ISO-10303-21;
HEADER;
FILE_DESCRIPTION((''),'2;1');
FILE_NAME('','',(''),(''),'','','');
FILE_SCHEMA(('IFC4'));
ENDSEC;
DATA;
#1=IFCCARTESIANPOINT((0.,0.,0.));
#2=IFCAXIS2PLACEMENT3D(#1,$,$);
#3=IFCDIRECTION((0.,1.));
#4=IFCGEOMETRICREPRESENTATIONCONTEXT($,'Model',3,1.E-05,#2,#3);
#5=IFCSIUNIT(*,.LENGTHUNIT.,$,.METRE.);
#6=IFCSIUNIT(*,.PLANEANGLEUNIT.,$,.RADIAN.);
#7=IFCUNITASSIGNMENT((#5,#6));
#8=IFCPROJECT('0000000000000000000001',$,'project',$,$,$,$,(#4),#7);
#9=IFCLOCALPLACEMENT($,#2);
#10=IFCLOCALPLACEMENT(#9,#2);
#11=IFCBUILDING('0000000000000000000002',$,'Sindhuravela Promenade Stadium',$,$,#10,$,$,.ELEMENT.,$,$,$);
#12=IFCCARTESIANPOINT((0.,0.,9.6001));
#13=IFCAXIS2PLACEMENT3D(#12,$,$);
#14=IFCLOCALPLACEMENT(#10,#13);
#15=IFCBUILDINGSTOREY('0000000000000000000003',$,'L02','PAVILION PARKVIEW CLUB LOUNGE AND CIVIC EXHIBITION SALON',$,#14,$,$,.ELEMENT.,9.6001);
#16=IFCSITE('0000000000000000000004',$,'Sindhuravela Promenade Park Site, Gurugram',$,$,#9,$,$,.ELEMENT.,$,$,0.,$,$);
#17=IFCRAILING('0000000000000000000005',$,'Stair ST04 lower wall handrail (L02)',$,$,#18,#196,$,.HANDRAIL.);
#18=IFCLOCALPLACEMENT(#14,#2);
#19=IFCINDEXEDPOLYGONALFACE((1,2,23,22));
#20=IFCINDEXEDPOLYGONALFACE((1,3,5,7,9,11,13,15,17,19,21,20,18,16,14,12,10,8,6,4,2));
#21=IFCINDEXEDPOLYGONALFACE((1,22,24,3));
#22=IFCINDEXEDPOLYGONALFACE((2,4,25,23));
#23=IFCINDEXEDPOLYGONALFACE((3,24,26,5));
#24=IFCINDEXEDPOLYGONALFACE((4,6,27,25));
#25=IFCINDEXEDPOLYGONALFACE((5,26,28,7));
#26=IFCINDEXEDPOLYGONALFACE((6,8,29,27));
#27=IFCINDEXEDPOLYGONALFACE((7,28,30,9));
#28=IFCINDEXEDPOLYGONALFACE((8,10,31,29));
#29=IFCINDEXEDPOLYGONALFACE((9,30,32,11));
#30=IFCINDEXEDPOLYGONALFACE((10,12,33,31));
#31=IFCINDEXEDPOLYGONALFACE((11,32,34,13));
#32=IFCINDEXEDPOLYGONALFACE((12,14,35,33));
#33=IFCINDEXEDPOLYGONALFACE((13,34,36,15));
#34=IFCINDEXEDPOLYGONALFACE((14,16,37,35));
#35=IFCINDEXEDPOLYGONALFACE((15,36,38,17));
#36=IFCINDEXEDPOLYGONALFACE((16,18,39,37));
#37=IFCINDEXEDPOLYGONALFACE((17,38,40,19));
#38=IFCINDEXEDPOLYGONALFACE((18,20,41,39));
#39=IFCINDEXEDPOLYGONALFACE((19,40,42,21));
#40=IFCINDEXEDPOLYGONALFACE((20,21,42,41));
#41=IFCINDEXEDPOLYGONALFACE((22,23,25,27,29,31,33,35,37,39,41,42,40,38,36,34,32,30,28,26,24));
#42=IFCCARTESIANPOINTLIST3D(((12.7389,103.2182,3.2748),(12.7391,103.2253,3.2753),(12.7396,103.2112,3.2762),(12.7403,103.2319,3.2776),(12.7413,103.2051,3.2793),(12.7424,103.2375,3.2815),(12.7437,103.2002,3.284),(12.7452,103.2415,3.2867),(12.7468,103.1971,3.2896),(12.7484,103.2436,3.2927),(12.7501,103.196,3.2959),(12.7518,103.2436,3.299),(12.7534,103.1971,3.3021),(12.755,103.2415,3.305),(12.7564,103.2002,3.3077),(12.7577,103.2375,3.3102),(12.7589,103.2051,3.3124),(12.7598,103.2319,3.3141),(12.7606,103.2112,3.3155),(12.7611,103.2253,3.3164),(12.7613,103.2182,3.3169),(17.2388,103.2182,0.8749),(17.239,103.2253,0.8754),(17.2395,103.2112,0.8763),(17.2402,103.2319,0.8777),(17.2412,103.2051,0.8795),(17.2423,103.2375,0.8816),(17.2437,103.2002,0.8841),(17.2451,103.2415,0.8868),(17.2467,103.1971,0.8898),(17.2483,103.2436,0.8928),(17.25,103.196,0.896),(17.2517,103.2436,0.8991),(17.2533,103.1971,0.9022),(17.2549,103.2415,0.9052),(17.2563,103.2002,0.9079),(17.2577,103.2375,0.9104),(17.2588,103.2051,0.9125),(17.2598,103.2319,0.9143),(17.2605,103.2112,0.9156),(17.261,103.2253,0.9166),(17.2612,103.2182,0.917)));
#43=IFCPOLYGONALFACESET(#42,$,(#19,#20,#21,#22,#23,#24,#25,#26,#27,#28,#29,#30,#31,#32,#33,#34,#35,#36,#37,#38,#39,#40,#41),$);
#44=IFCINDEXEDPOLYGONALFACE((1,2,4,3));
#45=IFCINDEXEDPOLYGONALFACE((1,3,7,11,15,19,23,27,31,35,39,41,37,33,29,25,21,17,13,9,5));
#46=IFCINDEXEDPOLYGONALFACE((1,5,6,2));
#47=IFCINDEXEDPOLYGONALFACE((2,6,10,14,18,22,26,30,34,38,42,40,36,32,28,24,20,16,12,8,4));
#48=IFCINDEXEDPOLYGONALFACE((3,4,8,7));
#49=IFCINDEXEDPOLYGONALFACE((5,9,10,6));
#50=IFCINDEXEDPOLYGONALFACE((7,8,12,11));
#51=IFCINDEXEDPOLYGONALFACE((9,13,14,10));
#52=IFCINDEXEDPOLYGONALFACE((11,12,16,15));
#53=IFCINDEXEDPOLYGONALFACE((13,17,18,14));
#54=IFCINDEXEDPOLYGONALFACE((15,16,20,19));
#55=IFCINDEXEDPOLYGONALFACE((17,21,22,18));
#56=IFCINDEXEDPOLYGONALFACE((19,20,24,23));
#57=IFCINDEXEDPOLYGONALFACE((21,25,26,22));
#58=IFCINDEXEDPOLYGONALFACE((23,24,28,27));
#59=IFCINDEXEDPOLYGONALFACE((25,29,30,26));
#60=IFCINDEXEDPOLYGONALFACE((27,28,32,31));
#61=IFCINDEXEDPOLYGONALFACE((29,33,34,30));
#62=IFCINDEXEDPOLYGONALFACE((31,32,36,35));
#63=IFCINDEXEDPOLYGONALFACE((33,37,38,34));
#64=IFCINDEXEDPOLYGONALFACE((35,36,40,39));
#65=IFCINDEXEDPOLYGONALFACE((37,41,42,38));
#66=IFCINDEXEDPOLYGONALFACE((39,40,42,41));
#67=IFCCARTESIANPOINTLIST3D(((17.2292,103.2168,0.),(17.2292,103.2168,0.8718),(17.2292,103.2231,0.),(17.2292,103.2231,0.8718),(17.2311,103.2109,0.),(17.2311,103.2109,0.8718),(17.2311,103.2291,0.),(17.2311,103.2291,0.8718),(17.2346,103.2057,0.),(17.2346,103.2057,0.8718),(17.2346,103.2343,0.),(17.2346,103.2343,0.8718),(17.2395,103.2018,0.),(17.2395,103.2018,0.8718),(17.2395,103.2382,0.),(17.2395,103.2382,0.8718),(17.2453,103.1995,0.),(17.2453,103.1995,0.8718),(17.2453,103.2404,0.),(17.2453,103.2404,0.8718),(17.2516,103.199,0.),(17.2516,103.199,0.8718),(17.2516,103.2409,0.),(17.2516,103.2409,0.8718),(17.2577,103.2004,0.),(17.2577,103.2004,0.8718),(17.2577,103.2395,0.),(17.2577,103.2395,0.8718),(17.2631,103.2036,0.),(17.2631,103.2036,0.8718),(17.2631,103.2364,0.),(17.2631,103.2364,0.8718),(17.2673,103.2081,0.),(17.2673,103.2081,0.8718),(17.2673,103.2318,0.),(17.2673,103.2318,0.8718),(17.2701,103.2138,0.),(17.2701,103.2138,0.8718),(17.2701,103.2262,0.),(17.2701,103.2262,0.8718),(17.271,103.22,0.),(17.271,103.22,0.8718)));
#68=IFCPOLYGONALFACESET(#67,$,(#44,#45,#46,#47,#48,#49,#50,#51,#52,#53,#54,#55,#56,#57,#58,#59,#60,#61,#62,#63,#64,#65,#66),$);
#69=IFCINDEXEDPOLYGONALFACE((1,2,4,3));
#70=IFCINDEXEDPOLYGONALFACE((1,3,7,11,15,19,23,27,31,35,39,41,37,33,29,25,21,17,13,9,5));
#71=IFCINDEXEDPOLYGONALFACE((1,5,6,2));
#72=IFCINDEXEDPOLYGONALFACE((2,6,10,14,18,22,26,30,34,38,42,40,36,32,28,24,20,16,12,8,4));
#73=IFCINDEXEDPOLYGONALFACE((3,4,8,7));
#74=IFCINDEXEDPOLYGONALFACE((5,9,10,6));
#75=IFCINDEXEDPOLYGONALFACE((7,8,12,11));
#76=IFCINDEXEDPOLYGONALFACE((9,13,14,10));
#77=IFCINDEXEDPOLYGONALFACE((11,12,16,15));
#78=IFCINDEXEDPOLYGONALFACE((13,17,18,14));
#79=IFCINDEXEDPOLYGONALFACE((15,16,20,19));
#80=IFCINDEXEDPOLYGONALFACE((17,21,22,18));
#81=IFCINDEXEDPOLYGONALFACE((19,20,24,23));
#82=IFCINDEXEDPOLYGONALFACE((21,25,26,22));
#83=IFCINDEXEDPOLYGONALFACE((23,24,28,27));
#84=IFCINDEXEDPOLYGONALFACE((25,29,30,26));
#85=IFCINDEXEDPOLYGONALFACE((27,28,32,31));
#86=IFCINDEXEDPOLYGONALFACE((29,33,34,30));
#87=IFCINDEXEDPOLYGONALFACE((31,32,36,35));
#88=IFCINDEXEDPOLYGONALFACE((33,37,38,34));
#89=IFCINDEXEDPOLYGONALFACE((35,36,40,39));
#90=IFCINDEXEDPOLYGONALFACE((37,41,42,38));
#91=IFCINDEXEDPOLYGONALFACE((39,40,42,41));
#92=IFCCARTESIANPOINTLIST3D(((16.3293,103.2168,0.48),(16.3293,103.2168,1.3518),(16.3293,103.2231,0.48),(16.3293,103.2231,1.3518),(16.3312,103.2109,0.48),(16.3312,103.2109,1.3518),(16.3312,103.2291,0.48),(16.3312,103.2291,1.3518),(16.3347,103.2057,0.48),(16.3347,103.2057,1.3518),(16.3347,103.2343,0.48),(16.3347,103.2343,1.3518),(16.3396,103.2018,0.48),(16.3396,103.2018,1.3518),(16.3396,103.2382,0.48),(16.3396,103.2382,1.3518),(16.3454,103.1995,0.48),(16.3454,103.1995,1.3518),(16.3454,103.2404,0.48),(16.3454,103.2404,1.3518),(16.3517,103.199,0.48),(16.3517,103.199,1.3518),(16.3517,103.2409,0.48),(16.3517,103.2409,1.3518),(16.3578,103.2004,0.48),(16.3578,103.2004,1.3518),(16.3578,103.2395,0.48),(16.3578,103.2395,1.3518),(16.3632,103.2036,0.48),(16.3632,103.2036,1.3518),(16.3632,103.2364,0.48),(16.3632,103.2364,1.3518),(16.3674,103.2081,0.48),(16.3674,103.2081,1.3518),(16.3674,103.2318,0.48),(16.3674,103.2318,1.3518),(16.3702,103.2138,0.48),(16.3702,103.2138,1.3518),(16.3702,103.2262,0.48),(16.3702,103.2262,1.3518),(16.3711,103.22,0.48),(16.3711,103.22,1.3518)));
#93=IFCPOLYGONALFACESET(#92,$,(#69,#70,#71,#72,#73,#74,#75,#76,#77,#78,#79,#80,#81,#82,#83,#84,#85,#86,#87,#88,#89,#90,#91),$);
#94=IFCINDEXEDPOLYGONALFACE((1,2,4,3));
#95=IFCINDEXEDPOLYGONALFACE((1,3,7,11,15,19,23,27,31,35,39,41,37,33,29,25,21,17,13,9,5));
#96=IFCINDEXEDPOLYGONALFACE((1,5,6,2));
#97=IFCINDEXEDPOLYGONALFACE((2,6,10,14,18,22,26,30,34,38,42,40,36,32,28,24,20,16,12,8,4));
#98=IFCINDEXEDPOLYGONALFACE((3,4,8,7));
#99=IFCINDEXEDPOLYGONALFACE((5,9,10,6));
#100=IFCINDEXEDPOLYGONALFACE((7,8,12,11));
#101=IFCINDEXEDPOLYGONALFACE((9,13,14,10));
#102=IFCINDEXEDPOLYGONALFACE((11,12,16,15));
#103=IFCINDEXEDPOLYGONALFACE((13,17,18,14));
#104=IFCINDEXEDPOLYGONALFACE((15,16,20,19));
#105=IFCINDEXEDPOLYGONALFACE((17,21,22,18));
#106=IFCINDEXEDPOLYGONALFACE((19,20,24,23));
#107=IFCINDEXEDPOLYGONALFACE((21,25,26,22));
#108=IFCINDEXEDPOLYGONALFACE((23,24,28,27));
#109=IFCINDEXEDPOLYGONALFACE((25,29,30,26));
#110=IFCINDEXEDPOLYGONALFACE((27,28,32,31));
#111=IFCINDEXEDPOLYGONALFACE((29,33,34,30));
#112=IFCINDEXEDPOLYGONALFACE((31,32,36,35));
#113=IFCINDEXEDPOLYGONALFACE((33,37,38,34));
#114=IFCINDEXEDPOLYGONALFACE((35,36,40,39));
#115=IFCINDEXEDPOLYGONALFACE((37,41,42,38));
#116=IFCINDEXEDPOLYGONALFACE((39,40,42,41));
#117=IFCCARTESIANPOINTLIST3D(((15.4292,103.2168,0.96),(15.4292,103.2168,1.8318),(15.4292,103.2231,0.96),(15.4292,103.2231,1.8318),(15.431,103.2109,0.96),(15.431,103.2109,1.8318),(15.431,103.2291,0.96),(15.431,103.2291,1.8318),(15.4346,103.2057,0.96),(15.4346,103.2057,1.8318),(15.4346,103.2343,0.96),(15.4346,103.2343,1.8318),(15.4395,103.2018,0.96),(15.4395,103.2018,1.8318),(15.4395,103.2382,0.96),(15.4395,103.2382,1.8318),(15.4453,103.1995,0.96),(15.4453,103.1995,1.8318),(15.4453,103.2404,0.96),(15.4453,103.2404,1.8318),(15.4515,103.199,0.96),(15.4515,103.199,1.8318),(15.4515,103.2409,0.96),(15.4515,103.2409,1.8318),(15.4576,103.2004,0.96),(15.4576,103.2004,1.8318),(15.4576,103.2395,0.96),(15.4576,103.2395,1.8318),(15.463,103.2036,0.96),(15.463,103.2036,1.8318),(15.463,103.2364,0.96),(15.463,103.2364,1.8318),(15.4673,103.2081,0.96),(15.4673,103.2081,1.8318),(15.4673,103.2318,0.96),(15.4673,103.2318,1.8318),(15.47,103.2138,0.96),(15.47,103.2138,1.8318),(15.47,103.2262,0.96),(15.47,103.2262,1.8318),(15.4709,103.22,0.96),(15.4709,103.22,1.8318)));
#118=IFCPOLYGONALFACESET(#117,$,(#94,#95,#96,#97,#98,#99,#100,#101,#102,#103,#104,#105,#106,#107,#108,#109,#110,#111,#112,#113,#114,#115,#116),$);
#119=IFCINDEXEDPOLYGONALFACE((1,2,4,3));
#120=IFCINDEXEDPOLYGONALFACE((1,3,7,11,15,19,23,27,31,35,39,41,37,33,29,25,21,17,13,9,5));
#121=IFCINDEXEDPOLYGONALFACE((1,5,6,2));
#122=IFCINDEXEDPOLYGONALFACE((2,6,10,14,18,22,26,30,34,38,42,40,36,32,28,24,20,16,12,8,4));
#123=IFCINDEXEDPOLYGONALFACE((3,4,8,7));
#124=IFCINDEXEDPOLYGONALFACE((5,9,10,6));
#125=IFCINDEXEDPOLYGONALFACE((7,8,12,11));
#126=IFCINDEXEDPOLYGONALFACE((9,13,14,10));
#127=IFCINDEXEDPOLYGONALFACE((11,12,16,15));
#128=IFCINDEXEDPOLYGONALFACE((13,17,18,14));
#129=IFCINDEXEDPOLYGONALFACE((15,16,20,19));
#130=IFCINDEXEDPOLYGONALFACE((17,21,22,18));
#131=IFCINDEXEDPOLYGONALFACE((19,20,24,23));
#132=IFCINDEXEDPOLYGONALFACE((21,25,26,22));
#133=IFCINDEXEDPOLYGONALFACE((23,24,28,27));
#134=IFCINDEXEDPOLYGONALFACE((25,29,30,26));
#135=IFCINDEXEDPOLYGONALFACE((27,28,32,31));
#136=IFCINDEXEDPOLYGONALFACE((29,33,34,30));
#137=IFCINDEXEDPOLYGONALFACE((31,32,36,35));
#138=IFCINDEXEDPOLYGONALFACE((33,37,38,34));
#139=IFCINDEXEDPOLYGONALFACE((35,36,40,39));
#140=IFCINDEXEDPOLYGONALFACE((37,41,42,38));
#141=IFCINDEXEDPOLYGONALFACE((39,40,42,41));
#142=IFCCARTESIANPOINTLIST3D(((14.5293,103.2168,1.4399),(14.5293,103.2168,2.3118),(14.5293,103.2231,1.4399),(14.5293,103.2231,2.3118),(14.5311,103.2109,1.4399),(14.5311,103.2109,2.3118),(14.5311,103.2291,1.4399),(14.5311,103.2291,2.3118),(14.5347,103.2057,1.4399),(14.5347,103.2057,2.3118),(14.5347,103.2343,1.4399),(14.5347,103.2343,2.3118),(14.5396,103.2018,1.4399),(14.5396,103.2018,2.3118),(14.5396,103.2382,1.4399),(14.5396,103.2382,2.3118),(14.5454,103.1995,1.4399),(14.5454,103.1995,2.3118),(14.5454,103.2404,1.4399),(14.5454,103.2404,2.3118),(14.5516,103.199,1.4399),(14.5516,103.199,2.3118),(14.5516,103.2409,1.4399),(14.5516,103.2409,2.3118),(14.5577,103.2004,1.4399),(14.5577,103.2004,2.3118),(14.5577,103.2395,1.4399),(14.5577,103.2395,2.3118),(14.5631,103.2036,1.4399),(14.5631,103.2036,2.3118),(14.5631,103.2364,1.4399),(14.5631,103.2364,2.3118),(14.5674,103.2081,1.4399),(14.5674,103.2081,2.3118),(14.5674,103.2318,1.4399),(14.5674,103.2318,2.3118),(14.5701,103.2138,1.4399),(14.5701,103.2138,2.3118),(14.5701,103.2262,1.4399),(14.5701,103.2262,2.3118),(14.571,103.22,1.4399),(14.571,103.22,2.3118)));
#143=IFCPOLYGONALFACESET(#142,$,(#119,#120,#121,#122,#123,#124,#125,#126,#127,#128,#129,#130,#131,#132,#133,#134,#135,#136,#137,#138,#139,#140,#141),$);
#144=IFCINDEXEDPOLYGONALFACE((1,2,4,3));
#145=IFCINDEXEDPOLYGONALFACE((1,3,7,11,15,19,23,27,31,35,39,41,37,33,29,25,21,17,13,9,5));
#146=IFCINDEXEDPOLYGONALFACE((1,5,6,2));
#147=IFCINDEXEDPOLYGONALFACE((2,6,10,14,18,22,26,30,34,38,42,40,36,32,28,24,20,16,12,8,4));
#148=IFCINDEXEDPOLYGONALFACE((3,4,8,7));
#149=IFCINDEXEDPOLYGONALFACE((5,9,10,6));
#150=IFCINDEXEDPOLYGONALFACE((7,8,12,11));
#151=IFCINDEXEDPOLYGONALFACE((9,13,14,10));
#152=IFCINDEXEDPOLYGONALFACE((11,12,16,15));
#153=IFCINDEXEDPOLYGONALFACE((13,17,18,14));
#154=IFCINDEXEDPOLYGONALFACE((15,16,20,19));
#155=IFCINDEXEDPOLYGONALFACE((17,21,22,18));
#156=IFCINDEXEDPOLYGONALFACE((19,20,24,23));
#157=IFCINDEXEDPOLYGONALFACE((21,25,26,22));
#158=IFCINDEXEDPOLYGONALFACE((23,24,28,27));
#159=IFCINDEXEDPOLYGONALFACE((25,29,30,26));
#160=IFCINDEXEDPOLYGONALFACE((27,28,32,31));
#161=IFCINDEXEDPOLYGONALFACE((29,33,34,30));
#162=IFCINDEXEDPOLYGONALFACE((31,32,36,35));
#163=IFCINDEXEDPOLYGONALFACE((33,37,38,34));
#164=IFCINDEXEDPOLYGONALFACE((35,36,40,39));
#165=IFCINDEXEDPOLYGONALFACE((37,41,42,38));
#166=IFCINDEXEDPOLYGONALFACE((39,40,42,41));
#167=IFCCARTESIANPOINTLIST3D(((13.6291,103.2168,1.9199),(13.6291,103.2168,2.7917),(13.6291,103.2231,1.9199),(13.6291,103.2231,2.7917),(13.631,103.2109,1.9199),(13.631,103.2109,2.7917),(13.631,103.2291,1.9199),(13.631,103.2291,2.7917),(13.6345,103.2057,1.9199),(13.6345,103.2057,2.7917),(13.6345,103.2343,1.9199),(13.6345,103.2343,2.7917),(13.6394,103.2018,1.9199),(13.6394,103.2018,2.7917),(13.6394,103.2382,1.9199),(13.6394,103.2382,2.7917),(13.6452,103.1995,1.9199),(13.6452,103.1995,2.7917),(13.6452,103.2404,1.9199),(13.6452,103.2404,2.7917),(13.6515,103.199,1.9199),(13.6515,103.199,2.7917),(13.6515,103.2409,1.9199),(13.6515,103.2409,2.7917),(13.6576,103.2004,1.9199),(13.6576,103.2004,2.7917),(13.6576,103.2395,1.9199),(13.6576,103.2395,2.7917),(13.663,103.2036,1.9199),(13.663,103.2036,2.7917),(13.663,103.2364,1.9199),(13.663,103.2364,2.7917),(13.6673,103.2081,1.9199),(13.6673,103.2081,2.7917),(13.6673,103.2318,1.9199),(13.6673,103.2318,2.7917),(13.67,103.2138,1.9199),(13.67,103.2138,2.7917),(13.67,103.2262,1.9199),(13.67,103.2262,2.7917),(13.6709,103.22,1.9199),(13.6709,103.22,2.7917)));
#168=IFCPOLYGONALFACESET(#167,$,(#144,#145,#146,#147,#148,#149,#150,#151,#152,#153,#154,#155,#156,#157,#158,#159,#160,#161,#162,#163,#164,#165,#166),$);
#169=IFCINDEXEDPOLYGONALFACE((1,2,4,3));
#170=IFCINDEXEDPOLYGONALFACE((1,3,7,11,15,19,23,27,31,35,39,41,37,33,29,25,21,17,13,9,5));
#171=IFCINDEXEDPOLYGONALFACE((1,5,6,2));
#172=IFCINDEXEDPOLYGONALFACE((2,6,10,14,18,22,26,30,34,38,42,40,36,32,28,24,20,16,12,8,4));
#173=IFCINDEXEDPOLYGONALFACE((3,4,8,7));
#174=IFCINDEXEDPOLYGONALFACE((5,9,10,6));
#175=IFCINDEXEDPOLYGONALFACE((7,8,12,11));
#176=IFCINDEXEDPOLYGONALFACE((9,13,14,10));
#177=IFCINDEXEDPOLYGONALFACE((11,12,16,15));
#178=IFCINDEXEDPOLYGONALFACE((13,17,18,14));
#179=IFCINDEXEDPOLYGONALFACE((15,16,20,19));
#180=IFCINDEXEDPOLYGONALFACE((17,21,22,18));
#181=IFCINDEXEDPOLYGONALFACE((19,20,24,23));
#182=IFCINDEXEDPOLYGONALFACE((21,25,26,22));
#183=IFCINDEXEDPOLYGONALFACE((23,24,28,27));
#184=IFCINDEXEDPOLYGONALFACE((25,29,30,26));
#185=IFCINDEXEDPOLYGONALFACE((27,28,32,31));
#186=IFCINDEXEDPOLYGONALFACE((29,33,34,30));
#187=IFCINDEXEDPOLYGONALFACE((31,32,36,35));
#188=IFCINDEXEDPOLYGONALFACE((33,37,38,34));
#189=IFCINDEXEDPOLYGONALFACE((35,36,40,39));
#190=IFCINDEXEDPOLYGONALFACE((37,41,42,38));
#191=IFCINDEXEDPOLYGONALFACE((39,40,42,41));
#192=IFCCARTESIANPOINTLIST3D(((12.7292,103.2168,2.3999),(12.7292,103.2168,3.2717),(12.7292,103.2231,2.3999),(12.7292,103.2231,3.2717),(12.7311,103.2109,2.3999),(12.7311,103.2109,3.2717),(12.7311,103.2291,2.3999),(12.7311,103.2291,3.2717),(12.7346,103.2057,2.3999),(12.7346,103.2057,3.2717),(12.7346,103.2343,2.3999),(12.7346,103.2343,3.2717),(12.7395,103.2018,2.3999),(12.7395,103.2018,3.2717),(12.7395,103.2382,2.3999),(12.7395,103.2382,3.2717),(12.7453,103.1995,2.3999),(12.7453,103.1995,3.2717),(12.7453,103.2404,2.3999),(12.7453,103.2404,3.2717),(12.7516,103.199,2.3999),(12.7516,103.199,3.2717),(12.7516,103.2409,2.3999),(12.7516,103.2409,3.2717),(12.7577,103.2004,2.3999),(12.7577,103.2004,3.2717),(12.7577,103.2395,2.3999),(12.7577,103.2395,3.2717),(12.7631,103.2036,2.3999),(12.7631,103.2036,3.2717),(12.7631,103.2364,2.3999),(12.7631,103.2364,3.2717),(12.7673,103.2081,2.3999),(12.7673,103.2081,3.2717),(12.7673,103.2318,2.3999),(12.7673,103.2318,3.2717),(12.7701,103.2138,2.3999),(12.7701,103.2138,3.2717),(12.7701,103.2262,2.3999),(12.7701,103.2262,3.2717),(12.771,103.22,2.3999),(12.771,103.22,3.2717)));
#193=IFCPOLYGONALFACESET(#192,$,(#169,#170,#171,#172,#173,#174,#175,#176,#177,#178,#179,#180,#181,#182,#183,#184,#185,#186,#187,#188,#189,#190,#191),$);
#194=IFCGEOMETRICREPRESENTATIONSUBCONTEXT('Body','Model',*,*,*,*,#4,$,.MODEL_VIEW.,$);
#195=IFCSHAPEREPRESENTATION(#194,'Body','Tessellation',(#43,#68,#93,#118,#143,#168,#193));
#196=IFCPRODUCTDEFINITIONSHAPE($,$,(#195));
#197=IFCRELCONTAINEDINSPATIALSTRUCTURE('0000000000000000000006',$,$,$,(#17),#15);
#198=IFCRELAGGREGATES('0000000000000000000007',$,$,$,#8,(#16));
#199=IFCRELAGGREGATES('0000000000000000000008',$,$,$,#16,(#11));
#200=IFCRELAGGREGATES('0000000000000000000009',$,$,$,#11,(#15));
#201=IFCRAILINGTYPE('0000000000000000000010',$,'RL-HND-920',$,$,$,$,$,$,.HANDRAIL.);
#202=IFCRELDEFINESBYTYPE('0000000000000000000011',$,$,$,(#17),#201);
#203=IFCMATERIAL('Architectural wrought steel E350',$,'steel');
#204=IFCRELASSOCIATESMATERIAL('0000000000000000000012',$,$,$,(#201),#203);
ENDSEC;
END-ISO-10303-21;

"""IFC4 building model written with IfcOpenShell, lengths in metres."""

from ifc_helpers import new_model, si_unit, direction, frame, origin, origin_2d, place, context, subcontext, project, spatial, circle, extrude, material, type_object, element, save


model = new_model("IFC4")

# Units and contexts
model_context = context("Model", 3, precision=1e-05, world=origin(), true_north=direction((0.0, 1.0)))
body_context = subcontext(model_context, "Body", "Model", "MODEL_VIEW")
ifc_project = project(units=[si_unit("LENGTHUNIT", "METRE"), si_unit("PLANEANGLEUNIT", "RADIAN")], contexts=[model_context])

# Site, building, storey
site_placement = place(None, origin())
site = spatial("IfcSite", under=ifc_project, at=site_placement, Name="Sindhuravela Promenade Park Site, Gurugram", CompositionType="ELEMENT", RefElevation=0.0)
building_placement = place(site_placement, origin())
building = spatial("IfcBuilding", under=site, at=building_placement, Name="Sindhuravela Promenade Stadium", CompositionType="ELEMENT")
storey_placement = place(building_placement, frame((0.0, 0.0, 9.6001)))
storey = spatial("IfcBuildingStorey", under=building, at=storey_placement, Name="L02", Description="PAVILION PARKVIEW CLUB LOUNGE AND CIVIC EXHIBITION SALON", CompositionType="ELEMENT", Elevation=9.6001)

# Shared definitions
ifc_material_1 = material(Name="Architectural wrought steel E350", Category="steel")

# Railing
railing_type_1 = type_object("IfcRailingType", Name="RL-HND-920", PredefinedType="HANDRAIL", material=ifc_material_1)
railing_1_placement = place(storey_placement, frame((17.25, 103.22, 0.0)))
element("IfcRailing", 1, at=railing_1_placement, inside=storey, type_object=railing_type_1, Name="Stair ST04 lower wall handrail (L02)", PredefinedType="HANDRAIL", context=body_context, shape_type="SweptSolid", body=[
    extrude(circle(Radius=0.0239, at=origin_2d()), frame((0.0, 0.0, 0.896), z_axis=(-0.882361, 0.0, 0.470573), x_axis=(0.0, -1.0, 0.0)), (0.0, 0.0, 1.0), 5.0999),
    extrude(circle(Radius=0.021, at=origin_2d()), origin(), (0.0, 0.0, 1.0), 0.8718),
    extrude(circle(Radius=0.021, at=origin_2d()), frame((-0.8999, 0.0, 0.48)), (0.0, 0.0, 1.0), 0.8718),
    extrude(circle(Radius=0.021, at=origin_2d()), frame((-1.8, 0.0, 0.96)), (0.0, 0.0, 1.0), 0.8718),
    extrude(circle(Radius=0.021, at=origin_2d()), frame((-2.7, 0.0, 1.4399)), (0.0, 0.0, 1.0), 0.8718),
    extrude(circle(Radius=0.021, at=origin_2d()), frame((-3.6001, 0.0, 1.9199)), (0.0, 0.0, 1.0), 0.8718),
    extrude(circle(Radius=0.021, at=origin_2d()), frame((-4.5, 0.0, 2.3999)), (0.0, 0.0, 1.0), 0.8718),
])

save(model, "model.ifc")
